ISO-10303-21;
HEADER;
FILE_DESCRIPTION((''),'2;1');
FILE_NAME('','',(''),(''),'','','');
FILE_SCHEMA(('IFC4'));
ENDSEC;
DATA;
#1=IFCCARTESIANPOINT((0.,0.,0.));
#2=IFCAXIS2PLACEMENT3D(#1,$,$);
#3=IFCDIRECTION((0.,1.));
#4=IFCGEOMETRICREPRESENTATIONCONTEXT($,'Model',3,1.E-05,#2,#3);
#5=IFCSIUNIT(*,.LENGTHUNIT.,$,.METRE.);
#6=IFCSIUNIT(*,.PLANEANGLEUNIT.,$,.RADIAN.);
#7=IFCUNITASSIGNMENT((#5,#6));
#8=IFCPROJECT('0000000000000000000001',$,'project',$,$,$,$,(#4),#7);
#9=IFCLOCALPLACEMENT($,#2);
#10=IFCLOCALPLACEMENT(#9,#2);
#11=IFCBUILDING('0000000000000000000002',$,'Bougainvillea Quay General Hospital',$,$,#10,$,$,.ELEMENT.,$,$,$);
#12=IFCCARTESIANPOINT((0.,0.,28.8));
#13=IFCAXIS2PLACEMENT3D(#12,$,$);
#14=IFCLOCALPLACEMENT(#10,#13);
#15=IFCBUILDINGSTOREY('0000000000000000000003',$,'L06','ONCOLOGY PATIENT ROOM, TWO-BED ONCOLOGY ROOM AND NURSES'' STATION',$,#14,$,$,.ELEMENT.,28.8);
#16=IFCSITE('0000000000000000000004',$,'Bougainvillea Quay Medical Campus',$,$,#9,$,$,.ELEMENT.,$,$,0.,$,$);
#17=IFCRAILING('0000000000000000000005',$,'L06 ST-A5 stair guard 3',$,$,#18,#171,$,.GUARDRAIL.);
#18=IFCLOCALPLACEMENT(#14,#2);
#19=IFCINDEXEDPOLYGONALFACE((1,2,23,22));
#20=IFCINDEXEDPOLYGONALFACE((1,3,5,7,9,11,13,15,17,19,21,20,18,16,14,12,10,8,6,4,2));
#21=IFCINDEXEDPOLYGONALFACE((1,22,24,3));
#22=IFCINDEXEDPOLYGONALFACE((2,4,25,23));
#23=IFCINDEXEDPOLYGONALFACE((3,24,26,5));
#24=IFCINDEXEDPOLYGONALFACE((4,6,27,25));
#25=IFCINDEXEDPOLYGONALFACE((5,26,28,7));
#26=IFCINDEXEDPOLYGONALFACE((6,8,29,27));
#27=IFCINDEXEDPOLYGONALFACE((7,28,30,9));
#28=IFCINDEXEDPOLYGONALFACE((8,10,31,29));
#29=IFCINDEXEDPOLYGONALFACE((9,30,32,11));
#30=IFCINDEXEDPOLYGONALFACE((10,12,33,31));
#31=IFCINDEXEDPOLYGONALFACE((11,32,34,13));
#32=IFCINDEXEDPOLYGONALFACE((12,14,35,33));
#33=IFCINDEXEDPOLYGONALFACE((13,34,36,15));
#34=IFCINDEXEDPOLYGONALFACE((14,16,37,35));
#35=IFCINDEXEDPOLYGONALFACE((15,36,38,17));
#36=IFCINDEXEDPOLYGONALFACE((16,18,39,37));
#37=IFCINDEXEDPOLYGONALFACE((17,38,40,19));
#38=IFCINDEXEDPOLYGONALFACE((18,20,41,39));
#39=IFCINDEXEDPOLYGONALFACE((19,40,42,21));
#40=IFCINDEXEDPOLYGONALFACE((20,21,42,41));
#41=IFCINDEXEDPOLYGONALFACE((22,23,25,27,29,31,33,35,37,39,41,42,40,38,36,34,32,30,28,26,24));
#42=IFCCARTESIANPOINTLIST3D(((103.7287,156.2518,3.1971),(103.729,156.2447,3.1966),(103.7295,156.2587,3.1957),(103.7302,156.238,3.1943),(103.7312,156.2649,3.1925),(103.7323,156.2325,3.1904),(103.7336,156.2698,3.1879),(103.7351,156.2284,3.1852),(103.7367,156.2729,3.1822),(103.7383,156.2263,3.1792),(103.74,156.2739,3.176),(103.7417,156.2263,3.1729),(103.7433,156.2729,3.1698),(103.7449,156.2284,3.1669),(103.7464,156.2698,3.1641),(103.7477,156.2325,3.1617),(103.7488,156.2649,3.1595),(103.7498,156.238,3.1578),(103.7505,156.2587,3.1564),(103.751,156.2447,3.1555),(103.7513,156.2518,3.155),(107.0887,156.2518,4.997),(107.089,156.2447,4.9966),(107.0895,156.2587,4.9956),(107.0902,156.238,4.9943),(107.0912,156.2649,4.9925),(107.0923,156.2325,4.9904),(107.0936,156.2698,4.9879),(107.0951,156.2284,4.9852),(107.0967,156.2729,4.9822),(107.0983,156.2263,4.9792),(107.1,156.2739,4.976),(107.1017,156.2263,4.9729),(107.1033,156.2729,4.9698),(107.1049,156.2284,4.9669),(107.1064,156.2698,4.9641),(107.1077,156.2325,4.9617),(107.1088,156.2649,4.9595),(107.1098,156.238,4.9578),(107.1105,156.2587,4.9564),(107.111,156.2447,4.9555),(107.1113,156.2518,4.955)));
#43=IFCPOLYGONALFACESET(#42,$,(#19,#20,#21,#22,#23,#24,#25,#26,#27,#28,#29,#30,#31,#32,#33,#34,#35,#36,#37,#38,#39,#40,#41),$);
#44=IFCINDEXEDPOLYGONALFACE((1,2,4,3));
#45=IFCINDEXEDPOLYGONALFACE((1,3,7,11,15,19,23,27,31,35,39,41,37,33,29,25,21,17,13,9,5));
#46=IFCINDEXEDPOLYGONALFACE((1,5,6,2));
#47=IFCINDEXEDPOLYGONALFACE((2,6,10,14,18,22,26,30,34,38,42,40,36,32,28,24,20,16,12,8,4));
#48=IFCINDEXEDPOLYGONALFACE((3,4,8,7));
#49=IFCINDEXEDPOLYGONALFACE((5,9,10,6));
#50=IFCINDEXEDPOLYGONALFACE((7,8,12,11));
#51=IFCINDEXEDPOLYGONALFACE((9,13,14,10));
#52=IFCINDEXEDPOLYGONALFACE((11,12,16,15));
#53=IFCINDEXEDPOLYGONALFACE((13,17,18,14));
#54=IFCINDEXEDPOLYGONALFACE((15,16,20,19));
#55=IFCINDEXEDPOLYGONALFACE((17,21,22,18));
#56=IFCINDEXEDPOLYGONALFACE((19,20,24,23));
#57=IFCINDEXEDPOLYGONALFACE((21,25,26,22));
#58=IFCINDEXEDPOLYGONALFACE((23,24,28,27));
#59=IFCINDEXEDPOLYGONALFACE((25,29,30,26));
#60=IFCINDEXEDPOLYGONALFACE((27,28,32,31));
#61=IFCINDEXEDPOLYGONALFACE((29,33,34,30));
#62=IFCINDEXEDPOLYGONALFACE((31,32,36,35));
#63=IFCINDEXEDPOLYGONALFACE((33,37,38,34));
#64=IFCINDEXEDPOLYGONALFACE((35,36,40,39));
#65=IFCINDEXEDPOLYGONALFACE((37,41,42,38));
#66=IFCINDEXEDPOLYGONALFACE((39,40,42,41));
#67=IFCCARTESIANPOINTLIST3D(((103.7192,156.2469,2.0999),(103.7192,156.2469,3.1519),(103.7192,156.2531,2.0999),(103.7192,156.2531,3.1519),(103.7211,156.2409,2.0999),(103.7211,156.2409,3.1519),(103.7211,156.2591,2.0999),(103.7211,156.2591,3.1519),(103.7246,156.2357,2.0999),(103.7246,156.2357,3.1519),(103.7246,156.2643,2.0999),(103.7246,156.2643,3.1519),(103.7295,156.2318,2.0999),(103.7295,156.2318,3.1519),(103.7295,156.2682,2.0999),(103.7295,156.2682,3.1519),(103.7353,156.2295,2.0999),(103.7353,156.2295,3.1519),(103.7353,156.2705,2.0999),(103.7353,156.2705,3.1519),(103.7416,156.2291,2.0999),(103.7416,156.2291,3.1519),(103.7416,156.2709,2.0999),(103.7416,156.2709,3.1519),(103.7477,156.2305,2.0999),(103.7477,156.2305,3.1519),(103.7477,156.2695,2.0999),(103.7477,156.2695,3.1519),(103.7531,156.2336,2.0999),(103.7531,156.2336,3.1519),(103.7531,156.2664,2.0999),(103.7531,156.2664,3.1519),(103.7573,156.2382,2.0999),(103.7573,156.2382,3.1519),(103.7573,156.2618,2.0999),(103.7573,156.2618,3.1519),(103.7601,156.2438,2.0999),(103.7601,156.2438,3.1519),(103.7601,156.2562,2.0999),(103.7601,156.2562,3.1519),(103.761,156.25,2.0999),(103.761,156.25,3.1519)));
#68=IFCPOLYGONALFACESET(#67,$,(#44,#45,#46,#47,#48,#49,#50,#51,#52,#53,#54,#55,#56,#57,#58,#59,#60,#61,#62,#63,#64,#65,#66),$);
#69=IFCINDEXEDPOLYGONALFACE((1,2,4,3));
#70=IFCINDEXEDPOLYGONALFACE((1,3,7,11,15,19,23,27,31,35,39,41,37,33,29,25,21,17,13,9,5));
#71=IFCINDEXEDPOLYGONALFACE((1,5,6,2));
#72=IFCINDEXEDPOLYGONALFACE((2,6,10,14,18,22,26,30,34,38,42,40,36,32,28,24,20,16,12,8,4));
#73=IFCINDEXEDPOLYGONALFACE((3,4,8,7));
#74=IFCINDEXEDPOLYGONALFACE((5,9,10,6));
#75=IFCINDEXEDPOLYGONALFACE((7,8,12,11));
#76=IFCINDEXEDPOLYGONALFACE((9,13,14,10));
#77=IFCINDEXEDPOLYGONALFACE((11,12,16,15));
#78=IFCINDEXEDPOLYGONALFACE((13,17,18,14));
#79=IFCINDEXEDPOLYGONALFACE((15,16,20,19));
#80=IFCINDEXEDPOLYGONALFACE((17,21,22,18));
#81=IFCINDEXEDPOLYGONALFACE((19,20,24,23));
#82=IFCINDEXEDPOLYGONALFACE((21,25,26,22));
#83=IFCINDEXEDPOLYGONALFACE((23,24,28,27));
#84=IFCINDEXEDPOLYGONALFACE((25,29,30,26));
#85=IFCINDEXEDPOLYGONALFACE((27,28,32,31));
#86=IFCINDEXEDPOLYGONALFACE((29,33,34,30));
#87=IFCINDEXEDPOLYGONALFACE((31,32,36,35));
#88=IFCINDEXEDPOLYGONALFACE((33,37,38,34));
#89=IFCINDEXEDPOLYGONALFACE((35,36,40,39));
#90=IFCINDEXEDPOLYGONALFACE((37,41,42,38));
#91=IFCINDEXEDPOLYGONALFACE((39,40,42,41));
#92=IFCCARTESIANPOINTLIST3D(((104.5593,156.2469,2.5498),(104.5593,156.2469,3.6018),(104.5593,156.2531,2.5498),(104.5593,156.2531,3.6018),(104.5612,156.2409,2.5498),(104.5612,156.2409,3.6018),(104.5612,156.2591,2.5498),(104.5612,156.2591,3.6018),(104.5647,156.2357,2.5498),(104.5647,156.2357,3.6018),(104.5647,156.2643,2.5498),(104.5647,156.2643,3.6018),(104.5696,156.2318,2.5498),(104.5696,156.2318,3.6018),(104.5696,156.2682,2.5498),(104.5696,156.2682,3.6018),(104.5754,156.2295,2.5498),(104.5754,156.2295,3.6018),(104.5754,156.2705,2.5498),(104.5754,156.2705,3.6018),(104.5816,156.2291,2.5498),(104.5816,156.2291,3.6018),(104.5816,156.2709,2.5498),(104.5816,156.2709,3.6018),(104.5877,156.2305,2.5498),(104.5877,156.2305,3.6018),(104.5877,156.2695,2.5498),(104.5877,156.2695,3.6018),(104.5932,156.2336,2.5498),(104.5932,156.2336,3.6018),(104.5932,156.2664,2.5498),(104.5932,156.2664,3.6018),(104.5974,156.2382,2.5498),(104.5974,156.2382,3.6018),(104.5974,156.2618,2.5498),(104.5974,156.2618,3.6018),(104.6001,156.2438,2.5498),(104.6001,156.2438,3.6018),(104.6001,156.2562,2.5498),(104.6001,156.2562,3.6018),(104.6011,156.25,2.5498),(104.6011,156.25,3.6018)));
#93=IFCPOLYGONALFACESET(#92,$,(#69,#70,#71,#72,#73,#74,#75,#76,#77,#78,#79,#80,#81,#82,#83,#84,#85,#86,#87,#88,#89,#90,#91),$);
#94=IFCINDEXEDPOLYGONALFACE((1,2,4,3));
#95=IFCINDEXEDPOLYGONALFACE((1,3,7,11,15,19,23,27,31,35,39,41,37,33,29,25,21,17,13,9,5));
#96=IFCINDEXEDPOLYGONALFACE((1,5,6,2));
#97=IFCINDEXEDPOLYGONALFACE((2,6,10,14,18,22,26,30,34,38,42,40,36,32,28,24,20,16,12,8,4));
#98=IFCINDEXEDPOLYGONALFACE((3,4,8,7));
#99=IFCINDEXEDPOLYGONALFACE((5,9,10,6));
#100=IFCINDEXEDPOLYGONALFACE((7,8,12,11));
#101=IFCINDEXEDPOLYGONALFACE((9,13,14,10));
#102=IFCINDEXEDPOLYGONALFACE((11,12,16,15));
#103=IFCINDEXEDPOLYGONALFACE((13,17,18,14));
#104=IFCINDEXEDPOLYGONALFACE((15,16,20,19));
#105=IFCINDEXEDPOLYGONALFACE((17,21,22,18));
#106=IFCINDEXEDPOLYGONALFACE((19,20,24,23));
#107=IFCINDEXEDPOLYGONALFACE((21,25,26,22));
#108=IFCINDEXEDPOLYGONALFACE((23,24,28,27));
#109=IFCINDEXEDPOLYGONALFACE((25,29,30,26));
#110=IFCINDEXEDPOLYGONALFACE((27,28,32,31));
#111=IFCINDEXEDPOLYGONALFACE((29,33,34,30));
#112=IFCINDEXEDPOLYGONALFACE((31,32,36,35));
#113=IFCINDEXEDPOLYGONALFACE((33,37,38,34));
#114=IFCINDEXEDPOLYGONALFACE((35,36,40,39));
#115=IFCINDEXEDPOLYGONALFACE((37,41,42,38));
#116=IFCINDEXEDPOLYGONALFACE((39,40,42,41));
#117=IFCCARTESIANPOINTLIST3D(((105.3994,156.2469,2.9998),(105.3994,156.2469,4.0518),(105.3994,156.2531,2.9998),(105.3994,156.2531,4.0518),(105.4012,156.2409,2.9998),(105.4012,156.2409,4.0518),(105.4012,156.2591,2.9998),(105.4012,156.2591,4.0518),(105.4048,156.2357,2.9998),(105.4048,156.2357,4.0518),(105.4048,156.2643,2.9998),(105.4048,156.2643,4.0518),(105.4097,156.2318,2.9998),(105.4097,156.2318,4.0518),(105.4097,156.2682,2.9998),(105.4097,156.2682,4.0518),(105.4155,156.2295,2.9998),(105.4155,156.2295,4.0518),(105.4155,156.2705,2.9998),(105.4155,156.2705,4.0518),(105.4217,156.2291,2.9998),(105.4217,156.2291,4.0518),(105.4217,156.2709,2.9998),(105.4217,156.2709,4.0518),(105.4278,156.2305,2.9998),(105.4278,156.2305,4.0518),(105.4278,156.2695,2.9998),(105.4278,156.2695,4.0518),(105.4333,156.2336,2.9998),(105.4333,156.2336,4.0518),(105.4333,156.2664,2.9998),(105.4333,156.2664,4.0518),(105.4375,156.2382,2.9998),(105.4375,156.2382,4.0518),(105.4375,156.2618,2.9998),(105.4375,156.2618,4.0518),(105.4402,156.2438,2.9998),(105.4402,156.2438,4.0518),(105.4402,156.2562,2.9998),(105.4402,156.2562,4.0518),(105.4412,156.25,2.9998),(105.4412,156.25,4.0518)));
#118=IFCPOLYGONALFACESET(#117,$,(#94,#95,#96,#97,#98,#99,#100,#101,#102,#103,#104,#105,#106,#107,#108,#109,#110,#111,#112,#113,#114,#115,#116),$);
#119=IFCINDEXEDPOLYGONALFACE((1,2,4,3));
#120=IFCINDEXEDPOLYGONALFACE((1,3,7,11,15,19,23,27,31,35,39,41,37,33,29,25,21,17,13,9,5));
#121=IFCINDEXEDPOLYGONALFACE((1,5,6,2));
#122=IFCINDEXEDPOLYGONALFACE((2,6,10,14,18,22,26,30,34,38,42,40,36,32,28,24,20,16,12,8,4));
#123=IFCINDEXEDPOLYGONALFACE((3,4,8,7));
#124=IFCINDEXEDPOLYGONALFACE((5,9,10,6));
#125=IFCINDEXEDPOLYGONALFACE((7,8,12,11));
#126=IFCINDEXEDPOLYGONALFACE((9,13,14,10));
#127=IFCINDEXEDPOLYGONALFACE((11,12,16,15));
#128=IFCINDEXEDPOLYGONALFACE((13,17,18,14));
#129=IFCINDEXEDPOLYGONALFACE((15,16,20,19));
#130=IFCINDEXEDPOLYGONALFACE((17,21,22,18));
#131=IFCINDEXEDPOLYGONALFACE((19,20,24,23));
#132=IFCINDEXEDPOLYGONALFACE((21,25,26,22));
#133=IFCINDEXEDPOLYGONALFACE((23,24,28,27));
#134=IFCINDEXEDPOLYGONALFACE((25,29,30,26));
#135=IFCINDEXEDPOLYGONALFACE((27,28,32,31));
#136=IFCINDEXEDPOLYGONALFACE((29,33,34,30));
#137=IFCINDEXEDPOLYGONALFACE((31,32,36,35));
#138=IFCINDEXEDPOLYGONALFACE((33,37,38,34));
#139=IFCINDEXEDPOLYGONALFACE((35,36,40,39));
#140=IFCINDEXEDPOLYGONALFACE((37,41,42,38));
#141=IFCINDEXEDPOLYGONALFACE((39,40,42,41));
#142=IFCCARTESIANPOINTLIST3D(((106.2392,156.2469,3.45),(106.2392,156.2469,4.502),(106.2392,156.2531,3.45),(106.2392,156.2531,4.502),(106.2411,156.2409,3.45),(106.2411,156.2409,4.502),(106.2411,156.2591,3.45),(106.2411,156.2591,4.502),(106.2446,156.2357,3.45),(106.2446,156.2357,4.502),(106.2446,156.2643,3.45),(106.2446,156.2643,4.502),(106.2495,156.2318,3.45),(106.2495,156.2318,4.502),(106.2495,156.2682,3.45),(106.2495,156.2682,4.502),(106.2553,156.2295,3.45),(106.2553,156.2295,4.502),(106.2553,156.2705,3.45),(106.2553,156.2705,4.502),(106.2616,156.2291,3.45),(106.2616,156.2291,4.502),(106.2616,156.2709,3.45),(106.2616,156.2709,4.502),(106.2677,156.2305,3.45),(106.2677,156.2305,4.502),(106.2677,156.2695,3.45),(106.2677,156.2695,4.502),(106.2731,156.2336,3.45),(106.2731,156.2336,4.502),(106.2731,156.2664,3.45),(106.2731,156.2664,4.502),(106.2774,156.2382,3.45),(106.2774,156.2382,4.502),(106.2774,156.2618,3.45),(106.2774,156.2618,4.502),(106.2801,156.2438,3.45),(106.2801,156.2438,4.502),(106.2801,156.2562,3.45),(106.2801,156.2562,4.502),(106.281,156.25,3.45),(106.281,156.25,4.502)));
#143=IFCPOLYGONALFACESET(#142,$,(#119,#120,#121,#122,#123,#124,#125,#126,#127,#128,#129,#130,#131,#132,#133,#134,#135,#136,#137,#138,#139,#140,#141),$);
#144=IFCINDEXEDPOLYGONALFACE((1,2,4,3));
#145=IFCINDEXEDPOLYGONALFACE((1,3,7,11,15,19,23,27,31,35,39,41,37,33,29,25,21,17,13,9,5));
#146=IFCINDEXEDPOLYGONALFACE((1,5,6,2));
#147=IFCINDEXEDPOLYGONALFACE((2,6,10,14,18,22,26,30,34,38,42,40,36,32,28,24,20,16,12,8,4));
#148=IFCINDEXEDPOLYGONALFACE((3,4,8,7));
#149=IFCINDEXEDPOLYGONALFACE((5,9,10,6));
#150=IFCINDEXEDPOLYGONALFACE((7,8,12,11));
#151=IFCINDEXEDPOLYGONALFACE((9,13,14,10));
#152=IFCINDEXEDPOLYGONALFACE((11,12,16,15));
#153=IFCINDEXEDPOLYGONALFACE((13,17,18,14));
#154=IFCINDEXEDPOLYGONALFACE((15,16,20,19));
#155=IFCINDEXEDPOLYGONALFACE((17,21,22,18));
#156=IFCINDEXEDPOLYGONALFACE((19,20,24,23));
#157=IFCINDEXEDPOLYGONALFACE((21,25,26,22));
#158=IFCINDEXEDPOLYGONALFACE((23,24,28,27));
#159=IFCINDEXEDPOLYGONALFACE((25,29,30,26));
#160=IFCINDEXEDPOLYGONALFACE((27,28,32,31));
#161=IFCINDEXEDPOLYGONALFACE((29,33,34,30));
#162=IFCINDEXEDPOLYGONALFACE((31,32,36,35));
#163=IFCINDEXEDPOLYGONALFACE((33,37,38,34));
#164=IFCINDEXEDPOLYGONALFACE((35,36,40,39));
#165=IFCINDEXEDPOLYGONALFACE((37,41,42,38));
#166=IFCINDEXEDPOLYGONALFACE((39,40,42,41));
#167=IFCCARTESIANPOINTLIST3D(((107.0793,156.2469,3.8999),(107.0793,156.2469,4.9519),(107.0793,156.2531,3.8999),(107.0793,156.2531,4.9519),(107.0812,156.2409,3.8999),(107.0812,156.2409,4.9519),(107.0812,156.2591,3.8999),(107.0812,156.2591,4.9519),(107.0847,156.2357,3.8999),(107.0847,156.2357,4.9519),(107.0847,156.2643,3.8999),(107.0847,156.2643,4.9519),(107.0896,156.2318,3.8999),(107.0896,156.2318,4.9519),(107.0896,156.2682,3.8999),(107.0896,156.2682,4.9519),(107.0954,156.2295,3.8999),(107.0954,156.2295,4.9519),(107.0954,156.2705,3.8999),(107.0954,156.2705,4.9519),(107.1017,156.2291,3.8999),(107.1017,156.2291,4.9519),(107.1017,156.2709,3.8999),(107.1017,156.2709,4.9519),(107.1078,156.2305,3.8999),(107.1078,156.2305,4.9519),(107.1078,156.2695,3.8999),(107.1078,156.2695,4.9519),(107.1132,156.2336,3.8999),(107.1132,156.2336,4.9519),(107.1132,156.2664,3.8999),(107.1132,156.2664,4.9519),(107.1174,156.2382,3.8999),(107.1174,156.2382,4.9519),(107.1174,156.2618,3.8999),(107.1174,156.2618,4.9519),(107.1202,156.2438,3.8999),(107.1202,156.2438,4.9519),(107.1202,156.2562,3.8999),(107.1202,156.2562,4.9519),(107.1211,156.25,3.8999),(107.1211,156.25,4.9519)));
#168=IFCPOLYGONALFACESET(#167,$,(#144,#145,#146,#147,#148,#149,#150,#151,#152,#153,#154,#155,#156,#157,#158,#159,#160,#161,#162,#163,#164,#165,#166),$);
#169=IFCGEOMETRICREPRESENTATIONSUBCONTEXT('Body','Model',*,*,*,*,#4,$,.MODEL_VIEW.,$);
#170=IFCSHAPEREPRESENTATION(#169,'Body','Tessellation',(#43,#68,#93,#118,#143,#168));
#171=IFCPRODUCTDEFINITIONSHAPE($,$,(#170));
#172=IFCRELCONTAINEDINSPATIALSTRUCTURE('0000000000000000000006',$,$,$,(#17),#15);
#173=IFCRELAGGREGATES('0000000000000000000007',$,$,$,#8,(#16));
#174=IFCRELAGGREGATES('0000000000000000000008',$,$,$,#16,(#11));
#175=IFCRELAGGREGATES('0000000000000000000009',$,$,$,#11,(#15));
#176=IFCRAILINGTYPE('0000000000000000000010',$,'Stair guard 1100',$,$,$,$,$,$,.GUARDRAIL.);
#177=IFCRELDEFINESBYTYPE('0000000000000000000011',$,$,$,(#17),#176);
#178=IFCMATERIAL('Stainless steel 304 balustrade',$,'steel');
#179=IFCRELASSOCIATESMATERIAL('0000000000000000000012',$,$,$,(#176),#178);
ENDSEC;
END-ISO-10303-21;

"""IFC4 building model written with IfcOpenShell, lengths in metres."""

from ifc_helpers import new_model, si_unit, direction, frame, origin, origin_2d, place, context, subcontext, project, spatial, circle, extrude, material, type_object, element, save


model = new_model("IFC4")

# Units and contexts
model_context = context("Model", 3, precision=1e-05, world=origin(), true_north=direction((0.0, 1.0)))
body_context = subcontext(model_context, "Body", "Model", "MODEL_VIEW")
ifc_project = project(units=[si_unit("LENGTHUNIT", "METRE"), si_unit("PLANEANGLEUNIT", "RADIAN")], contexts=[model_context])

# Site, building, storey
site_placement = place(None, origin())
site = spatial("IfcSite", under=ifc_project, at=site_placement, Name="Bougainvillea Quay Medical Campus", CompositionType="ELEMENT", RefElevation=0.0)
building_placement = place(site_placement, origin())
building = spatial("IfcBuilding", under=site, at=building_placement, Name="Bougainvillea Quay General Hospital", CompositionType="ELEMENT")
storey_placement = place(building_placement, frame((0.0, 0.0, 28.8)))
storey = spatial("IfcBuildingStorey", under=building, at=storey_placement, Name="L06", Description="ONCOLOGY PATIENT ROOM, TWO-BED ONCOLOGY ROOM AND NURSES' STATION", CompositionType="ELEMENT", Elevation=28.8)

# Railing
ifc_material_1 = material(Name="Stainless steel 304 balustrade", Category="steel")
railing_type_1 = type_object("IfcRailingType", Name="Stair guard 1100", PredefinedType="GUARDRAIL", material=ifc_material_1)
railing_1_placement = place(storey_placement, frame((103.74, 156.25, 2.0999)))
element("IfcRailing", 1, at=railing_1_placement, inside=storey, type_object=railing_type_1, Name="L06 ST-A5 stair guard 3", PredefinedType="GUARDRAIL", context=body_context, shape_type="SweptSolid", body=[
    extrude(circle(Radius=0.0239, at=origin_2d()), frame((0.0, 0.0, 1.0762), z_axis=(0.881481, 0.0, 0.47222), x_axis=(0.0, 1.0, 0.0)), (0.0, 0.0, 1.0), 3.8118),
    extrude(circle(Radius=0.021, at=origin_2d()), origin(), (0.0, 0.0, 1.0), 1.052),
    extrude(circle(Radius=0.021, at=origin_2d()), frame((0.8401, 0.0, 0.45)), (0.0, 0.0, 1.0), 1.052),
    extrude(circle(Radius=0.021, at=origin_2d()), frame((1.6802, 0.0, 0.8999)), (0.0, 0.0, 1.0), 1.052),
    extrude(circle(Radius=0.021, at=origin_2d()), frame((2.52, 0.0, 1.3501)), (0.0, 0.0, 1.0), 1.052),
    extrude(circle(Radius=0.021, at=origin_2d()), frame((3.3601, 0.0, 1.8)), (0.0, 0.0, 1.0), 1.052),
])

save(model, "model.ifc")
